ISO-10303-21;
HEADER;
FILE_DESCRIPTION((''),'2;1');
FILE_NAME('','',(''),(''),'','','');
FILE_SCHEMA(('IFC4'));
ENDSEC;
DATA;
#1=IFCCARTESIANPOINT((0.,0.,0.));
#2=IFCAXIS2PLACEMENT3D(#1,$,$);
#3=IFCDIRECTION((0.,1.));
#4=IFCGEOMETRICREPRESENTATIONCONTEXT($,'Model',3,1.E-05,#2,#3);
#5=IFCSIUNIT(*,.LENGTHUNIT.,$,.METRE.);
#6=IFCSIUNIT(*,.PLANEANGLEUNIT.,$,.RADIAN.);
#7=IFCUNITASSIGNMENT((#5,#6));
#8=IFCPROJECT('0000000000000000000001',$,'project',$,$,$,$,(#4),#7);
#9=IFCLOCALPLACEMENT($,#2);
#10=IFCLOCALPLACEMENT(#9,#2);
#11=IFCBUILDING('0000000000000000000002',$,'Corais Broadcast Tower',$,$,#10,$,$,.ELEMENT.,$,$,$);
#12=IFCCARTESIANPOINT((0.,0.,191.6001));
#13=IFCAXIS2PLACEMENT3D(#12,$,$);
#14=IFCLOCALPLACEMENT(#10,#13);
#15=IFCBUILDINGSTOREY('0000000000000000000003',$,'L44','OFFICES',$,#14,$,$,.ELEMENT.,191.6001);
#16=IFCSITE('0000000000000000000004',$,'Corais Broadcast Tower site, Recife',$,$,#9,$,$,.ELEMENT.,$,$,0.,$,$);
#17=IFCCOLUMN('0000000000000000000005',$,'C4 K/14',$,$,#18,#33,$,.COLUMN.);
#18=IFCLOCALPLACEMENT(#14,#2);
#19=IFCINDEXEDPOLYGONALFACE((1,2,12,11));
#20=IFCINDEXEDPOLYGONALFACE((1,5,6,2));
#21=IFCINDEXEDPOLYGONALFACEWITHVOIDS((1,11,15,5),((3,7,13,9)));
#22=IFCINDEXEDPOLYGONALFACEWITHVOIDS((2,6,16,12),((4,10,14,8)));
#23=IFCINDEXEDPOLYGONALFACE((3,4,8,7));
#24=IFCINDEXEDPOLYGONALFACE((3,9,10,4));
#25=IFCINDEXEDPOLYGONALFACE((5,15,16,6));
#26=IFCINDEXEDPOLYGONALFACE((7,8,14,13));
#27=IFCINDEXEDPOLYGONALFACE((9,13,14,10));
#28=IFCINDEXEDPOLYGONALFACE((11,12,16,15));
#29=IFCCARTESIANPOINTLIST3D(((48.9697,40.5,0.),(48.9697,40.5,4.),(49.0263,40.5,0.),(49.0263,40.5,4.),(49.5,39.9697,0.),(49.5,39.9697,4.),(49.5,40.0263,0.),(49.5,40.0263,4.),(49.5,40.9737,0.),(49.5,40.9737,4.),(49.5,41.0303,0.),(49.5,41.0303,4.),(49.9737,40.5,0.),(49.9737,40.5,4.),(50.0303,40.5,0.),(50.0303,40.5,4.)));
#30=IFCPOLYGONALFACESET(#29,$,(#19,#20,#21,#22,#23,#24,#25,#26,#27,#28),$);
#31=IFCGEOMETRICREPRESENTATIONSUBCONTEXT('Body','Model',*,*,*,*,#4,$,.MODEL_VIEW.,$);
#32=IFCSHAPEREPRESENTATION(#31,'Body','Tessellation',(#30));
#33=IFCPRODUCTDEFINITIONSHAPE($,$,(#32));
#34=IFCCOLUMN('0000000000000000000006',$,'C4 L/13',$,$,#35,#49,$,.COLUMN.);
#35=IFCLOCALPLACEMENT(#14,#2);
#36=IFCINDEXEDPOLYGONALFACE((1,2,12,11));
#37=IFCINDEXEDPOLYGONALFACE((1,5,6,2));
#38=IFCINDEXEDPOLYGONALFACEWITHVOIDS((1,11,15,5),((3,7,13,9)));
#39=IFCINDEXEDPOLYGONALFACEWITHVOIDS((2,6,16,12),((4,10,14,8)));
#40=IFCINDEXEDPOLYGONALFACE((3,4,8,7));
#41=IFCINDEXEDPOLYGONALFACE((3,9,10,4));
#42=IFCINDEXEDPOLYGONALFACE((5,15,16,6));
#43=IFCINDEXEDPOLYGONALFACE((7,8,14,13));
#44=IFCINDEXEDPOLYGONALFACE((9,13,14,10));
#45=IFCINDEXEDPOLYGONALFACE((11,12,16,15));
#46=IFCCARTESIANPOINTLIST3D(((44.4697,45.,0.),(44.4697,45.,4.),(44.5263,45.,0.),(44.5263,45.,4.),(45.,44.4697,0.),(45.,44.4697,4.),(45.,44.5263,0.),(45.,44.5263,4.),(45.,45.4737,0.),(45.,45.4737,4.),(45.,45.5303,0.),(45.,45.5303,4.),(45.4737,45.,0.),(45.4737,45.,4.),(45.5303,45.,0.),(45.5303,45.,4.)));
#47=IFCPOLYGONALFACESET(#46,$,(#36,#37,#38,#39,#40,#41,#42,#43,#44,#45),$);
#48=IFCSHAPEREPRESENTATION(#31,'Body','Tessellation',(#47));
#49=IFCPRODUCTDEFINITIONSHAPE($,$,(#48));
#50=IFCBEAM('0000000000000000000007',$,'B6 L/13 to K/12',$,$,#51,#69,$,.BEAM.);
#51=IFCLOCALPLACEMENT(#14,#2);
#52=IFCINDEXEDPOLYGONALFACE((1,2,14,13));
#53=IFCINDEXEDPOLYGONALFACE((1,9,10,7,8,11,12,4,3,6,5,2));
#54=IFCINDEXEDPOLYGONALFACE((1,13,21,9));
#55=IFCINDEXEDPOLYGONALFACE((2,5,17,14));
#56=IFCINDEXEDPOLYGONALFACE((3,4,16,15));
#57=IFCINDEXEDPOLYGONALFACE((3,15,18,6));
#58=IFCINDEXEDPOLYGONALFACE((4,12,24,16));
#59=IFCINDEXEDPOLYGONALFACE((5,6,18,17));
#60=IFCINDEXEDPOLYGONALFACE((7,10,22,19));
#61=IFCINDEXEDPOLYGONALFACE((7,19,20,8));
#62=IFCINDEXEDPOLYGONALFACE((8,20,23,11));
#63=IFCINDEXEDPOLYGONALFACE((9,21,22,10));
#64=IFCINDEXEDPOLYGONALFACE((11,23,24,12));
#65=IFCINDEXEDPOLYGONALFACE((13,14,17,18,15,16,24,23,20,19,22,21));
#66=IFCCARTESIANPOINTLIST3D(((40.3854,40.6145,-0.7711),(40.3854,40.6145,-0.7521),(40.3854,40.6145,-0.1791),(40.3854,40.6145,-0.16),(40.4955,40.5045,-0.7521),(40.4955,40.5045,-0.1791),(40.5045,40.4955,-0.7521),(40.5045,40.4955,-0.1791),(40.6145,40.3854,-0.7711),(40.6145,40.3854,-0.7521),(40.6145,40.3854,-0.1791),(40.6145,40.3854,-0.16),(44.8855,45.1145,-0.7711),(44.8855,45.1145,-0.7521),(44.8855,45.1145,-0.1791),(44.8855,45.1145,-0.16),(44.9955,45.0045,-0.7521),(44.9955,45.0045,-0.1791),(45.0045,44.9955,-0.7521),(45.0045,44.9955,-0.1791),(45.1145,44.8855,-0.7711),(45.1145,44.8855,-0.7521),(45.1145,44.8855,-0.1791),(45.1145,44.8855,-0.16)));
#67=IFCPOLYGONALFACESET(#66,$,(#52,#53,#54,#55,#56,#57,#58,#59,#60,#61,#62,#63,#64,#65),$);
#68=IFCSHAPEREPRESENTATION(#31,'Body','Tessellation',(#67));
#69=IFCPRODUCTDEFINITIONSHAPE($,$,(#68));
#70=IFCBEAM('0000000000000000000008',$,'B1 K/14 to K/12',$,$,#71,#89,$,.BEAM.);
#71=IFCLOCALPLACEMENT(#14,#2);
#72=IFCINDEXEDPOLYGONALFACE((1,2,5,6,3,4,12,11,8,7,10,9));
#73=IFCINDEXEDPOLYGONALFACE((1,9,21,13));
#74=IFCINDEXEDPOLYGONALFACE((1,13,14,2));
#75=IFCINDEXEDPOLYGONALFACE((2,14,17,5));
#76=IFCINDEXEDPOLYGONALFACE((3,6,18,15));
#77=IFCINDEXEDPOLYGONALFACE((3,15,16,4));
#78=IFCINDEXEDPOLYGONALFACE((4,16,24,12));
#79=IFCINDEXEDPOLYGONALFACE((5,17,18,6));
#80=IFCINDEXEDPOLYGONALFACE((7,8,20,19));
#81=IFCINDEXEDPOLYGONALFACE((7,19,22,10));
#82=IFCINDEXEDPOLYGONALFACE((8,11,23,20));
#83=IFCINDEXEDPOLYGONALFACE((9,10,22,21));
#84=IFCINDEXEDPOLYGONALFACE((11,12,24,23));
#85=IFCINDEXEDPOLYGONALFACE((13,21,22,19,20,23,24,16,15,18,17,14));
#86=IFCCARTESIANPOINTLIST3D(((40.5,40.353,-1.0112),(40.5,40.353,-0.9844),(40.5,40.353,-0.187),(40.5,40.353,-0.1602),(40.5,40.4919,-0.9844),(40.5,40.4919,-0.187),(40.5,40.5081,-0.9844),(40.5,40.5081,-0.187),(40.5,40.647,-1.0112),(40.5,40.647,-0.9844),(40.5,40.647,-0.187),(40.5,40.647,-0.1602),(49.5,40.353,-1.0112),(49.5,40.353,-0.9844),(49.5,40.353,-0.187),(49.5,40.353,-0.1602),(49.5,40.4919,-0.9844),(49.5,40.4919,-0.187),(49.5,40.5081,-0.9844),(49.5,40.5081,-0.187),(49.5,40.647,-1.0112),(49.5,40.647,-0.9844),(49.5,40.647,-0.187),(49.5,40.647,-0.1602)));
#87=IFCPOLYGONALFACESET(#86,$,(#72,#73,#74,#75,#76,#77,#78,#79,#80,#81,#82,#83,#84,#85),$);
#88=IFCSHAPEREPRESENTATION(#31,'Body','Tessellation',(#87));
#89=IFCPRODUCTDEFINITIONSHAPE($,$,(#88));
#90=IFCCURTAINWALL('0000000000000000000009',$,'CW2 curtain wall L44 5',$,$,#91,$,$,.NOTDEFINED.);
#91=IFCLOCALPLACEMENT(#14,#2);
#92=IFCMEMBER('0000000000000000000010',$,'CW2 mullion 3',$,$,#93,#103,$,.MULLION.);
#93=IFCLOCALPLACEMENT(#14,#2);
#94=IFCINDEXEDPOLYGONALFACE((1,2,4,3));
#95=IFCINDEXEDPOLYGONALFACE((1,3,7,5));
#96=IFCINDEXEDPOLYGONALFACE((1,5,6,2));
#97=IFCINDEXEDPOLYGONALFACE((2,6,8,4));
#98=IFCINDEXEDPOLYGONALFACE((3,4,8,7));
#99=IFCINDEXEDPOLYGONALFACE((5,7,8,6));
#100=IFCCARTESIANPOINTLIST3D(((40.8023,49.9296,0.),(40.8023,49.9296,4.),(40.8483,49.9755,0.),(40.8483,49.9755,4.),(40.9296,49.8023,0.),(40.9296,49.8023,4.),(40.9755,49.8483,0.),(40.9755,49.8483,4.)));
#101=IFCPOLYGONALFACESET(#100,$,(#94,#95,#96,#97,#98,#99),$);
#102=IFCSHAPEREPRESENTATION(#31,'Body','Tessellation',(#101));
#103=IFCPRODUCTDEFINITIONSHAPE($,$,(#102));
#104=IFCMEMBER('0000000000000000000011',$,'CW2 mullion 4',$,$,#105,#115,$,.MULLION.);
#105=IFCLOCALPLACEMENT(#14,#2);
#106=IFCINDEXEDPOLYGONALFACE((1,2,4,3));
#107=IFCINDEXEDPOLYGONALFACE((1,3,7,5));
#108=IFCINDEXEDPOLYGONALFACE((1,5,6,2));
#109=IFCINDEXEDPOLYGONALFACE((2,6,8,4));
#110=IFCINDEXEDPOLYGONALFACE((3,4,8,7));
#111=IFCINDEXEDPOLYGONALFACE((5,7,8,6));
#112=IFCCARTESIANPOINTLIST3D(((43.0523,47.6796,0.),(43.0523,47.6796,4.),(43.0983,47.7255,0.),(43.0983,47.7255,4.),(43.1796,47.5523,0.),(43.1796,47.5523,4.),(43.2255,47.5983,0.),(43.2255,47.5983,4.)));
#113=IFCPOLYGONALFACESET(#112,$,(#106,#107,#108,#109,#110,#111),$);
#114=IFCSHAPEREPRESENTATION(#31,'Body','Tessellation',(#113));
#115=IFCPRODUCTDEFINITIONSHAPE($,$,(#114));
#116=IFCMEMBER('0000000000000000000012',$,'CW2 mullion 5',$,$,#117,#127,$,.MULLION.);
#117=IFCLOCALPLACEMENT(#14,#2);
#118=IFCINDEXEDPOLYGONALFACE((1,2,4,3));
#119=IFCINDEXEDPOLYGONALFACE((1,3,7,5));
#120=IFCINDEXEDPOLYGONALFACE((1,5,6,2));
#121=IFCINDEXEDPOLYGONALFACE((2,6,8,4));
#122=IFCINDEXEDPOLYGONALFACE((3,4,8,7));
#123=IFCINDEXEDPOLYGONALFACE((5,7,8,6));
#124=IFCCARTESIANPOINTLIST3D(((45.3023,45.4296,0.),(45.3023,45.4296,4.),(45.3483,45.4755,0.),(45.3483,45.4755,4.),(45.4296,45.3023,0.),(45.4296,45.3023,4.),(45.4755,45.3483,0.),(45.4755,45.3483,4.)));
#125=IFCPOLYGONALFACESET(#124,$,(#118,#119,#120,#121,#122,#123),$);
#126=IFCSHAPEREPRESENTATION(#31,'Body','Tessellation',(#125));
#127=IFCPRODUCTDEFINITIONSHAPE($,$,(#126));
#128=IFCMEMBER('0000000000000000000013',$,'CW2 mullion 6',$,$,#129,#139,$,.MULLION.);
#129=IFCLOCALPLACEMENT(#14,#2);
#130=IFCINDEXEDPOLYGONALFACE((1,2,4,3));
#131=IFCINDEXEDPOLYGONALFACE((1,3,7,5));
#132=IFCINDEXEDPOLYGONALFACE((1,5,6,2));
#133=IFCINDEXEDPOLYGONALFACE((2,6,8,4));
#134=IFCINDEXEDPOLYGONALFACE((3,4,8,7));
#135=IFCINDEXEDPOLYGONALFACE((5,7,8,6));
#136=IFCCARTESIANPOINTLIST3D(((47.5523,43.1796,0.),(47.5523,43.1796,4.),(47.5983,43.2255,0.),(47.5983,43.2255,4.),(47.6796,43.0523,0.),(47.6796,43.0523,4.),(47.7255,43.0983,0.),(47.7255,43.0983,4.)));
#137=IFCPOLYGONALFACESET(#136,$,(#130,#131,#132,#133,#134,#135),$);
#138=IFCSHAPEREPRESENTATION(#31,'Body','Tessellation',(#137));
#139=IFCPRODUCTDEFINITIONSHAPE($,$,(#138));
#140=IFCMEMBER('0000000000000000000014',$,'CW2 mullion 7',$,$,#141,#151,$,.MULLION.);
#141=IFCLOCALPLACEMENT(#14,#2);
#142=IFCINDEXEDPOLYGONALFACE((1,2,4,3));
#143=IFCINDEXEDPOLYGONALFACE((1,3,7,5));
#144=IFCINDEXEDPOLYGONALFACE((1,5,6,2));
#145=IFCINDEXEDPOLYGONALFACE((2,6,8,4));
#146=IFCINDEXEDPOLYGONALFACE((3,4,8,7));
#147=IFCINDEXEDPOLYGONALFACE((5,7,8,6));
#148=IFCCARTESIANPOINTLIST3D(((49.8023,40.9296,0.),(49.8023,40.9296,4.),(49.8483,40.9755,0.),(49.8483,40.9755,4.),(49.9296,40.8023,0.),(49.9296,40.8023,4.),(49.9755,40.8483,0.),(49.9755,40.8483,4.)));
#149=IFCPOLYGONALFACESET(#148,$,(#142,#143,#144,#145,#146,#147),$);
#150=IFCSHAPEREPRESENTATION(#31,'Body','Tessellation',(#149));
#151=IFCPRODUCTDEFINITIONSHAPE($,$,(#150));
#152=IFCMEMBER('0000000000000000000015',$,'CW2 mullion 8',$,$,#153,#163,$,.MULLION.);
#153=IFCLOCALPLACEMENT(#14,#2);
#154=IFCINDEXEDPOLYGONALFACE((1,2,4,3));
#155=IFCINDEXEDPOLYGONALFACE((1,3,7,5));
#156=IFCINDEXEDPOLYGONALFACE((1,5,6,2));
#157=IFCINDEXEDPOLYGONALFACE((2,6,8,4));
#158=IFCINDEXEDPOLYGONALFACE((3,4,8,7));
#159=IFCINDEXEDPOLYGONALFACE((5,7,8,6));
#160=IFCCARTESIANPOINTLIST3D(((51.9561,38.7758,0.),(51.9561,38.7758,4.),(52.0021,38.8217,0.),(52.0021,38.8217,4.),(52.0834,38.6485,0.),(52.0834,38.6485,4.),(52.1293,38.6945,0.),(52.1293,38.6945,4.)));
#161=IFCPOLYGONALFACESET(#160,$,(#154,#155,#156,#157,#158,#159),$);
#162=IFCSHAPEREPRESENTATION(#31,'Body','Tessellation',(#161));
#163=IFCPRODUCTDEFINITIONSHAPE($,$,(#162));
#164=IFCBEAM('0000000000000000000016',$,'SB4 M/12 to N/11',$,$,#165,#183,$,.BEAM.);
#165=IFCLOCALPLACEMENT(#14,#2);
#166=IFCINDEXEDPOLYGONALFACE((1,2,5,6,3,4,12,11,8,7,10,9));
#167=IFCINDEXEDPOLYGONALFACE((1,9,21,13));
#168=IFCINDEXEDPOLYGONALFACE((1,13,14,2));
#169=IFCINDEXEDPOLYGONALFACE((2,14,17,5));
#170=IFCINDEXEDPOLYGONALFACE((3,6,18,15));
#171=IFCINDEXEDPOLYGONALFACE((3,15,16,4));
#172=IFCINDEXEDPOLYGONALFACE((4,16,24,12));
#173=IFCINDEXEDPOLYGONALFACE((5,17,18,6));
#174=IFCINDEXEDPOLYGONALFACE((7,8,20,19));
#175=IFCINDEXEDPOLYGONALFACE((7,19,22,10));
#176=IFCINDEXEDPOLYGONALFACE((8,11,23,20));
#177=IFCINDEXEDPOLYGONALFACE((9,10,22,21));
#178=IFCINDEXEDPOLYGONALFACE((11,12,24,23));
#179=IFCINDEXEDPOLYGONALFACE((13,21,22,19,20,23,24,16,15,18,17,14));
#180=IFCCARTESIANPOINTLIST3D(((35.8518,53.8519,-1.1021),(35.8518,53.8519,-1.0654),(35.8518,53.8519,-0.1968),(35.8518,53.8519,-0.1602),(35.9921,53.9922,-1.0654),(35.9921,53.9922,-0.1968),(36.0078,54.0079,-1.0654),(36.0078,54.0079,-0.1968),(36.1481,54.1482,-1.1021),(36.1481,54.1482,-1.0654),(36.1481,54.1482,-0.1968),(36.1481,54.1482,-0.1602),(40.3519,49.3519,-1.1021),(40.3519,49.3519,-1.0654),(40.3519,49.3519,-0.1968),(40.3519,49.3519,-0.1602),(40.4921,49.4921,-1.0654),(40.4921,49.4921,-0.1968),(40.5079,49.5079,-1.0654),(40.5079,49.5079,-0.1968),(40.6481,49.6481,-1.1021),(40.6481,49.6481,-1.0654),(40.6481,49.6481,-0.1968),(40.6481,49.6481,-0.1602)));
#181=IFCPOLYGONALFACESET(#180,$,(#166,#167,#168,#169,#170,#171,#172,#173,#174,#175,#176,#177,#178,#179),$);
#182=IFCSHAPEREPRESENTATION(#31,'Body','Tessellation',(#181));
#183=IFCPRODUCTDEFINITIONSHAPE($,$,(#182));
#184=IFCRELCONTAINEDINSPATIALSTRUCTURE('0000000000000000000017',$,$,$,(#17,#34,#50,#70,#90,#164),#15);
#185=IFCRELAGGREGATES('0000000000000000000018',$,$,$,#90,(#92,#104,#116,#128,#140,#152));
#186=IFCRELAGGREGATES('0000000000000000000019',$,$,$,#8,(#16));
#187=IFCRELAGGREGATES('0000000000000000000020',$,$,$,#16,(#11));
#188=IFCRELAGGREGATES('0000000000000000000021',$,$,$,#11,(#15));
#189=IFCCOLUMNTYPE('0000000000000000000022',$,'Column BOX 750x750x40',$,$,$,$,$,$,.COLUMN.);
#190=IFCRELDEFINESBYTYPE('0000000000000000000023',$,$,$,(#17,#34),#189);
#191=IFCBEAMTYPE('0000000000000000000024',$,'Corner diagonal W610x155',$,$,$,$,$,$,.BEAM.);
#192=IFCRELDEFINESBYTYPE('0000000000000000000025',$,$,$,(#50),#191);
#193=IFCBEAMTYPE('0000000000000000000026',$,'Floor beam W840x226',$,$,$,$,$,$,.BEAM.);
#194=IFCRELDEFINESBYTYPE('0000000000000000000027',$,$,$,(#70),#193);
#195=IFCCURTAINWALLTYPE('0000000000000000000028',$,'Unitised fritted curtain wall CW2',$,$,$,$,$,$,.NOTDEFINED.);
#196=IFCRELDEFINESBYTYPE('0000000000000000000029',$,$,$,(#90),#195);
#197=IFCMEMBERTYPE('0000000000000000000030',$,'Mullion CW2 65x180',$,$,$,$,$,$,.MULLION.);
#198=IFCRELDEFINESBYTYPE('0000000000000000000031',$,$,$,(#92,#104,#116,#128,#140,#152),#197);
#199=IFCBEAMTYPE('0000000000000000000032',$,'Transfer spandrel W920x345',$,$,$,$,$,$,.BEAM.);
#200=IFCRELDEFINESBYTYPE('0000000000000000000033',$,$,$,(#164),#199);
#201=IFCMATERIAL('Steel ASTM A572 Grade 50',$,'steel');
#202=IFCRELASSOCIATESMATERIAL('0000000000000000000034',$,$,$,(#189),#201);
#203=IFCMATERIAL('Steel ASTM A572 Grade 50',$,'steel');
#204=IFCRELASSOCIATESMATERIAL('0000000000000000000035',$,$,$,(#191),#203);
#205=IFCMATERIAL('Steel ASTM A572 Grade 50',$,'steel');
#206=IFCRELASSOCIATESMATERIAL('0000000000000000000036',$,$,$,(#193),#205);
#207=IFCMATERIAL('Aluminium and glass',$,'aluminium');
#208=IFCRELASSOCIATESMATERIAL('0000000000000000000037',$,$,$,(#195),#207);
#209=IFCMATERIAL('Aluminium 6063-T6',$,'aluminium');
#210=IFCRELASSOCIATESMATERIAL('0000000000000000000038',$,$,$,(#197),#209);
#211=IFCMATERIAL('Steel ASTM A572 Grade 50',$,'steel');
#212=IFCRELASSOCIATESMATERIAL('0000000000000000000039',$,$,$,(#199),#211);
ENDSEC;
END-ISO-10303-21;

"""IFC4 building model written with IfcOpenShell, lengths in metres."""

from ifc_helpers import new_model, si_unit, direction, frame, origin, origin_2d, place, context, subcontext, project, spatial, rectangle, hollow_rectangle, i_section, extrude, material, material_profile, profile_set, type_object, element, aggregate, save


model = new_model("IFC4")

# Units and contexts
model_context = context("Model", 3, precision=1e-05, world=origin(), true_north=direction((0.0, 1.0)))
body_context = subcontext(model_context, "Body", "Model", "MODEL_VIEW")
ifc_project = project(units=[si_unit("LENGTHUNIT", "METRE"), si_unit("PLANEANGLEUNIT", "RADIAN")], contexts=[model_context])

# Site, building, storey
site_placement = place(None, origin())
site = spatial("IfcSite", under=ifc_project, at=site_placement, Name="Corais Broadcast Tower site, Recife", CompositionType="ELEMENT", RefElevation=0.0)
building_placement = place(site_placement, origin())
building = spatial("IfcBuilding", under=site, at=building_placement, Name="Corais Broadcast Tower", CompositionType="ELEMENT")
storey_placement = place(building_placement, frame((0.0, 0.0, 191.6001)))
storey = spatial("IfcBuildingStorey", under=building, at=storey_placement, Name="L44", Description="OFFICES", CompositionType="ELEMENT", Elevation=191.6001)

# Columns
ifc_material_1 = material(Name="Steel ASTM A572 Grade 50", Category="steel")
ifc_material_profile_1 = material_profile(ifc_material_1, hollow_rectangle(XDim=0.75, YDim=0.75, WallThickness=0.04, at=origin_2d()), Name="BOX 750x750x40")
ifc_profile_set_1 = profile_set([ifc_material_profile_1], Name="Steel ASTM A572 Grade 50")
column_type = type_object("IfcColumnType", Name="Column BOX 750x750x40", PredefinedType="COLUMN", material=ifc_profile_set_1)
for number, where, z_axis, x_axis, name in (
    (1, (49.5, 40.5, 0.0), (0.0, 0.0, 1.0), (0.707107, 0.707107, 0.0), "C4 K/14"),
    (2, (45.0, 45.0, 0.0), (0.0, 0.0, 1.0), (0.707107, 0.707107, 0.0), "C4 L/13"),
):
    element("IfcColumn", number, at=place(storey_placement, frame(where, z_axis=z_axis, x_axis=x_axis)), inside=storey, type_object=column_type, Name=name, PredefinedType="COLUMN", context=body_context, shape_type="SweptSolid", body=[
        extrude(hollow_rectangle(XDim=0.75, YDim=0.75, WallThickness=0.04, at=origin_2d()), origin(), (0.0, 0.0, 1.0), 4.0),
    ])

# Beams
ifc_material_2 = material(Name="Steel ASTM A572 Grade 50", Category="steel")
ifc_material_profile_2 = material_profile(ifc_material_2, i_section(OverallWidth=0.324, OverallDepth=0.6111, WebThickness=0.0127, FlangeThickness=0.019, at=origin_2d()), Name="W610x155")
ifc_profile_set_2 = profile_set([ifc_material_profile_2], Name="Steel ASTM A572 Grade 50")
beam_type_1 = type_object("IfcBeamType", Name="Corner diagonal W610x155", PredefinedType="BEAM", material=ifc_profile_set_2)
beam_1_placement = place(storey_placement, frame((45.0, 45.0, -0.4656), z_axis=(-0.707107, -0.707107, 0.0), x_axis=(0.707107, -0.707107, 0.0)))
element("IfcBeam", 3, at=beam_1_placement, inside=storey, type_object=beam_type_1, Name="B6 L/13 to K/12", PredefinedType="BEAM", context=body_context, shape_type="SweptSolid", body=[
    extrude(i_section(OverallWidth=0.324, OverallDepth=0.6111, WebThickness=0.0127, FlangeThickness=0.019, at=origin_2d()), origin(), (0.0, 0.0, 1.0), 6.364),
])
ifc_material_3 = material(Name="Steel ASTM A572 Grade 50", Category="steel")
ifc_material_profile_3 = material_profile(ifc_material_3, i_section(OverallWidth=0.2939, OverallDepth=0.8511, WebThickness=0.0161, FlangeThickness=0.0269, at=origin_2d()), Name="W840x226")
ifc_profile_set_3 = profile_set([ifc_material_profile_3], Name="Steel ASTM A572 Grade 50")
beam_type_2 = type_object("IfcBeamType", Name="Floor beam W840x226", PredefinedType="BEAM", material=ifc_profile_set_3)
beam_2_placement = place(storey_placement, frame((49.5, 40.5, -0.5857), z_axis=(-1.0, 0.0, 0.0), x_axis=(0.0, -1.0, 0.0)))
element("IfcBeam", 4, at=beam_2_placement, inside=storey, type_object=beam_type_2, Name="B1 K/14 to K/12", PredefinedType="BEAM", context=body_context, shape_type="SweptSolid", body=[
    extrude(i_section(OverallWidth=0.2939, OverallDepth=0.8511, WebThickness=0.0161, FlangeThickness=0.0269, at=origin_2d()), origin(), (0.0, 0.0, 1.0), 9.0),
])

# Curtain wall, members
ifc_material_4 = material(Name="Aluminium and glass", Category="aluminium")
curtain_wall_type = type_object("IfcCurtainWallType", Name="Unitised fritted curtain wall CW2", PredefinedType="NOTDEFINED", material=ifc_material_4)
curtain_wall_placement = place(storey_placement, origin())
curtain_wall = element("IfcCurtainWall", 5, at=curtain_wall_placement, inside=storey, type_object=curtain_wall_type, Name="CW2 curtain wall L44 5", PredefinedType="NOTDEFINED")
ifc_material_5 = material(Name="Aluminium 6063-T6", Category="aluminium")
ifc_material_profile_4 = material_profile(ifc_material_5, rectangle(XDim=0.0649, YDim=0.1799, at=origin_2d()), Name="Mullion CW2 65x180")
ifc_profile_set_4 = profile_set([ifc_material_profile_4], Name="Aluminium 6063-T6")
member_type_1 = type_object("IfcMemberType", Name="Mullion CW2 65x180", PredefinedType="MULLION", material=ifc_profile_set_4)
member_1_placement = place(storey_placement, frame((40.8889, 49.8889, 0.0), z_axis=(0.0, 0.0, 1.0), x_axis=(0.707107, 0.707107, 0.0)))
member_1 = element("IfcMember", 6, at=member_1_placement, type_object=member_type_1, Name="CW2 mullion 3", PredefinedType="MULLION", context=body_context, shape_type="SweptSolid", body=[
    extrude(rectangle(XDim=0.0649, YDim=0.1799, at=origin_2d()), origin(), (0.0, 0.0, 1.0), 4.0),
])
member_2_placement = place(storey_placement, frame((43.1389, 47.6389, 0.0), z_axis=(0.0, 0.0, 1.0), x_axis=(0.707107, 0.707107, 0.0)))
member_2 = element("IfcMember", 7, at=member_2_placement, type_object=member_type_1, Name="CW2 mullion 4", PredefinedType="MULLION", context=body_context, shape_type="SweptSolid", body=[
    extrude(rectangle(XDim=0.0649, YDim=0.1799, at=origin_2d()), origin(), (0.0, 0.0, 1.0), 4.0),
])
member_3_placement = place(storey_placement, frame((45.3889, 45.3889, 0.0), z_axis=(0.0, 0.0, 1.0), x_axis=(0.707107, 0.707107, 0.0)))
member_3 = element("IfcMember", 8, at=member_3_placement, type_object=member_type_1, Name="CW2 mullion 5", PredefinedType="MULLION", context=body_context, shape_type="SweptSolid", body=[
    extrude(rectangle(XDim=0.0649, YDim=0.1799, at=origin_2d()), origin(), (0.0, 0.0, 1.0), 4.0),
])
member_4_placement = place(storey_placement, frame((47.6389, 43.1389, 0.0), z_axis=(0.0, 0.0, 1.0), x_axis=(0.707107, 0.707107, 0.0)))
member_4 = element("IfcMember", 9, at=member_4_placement, type_object=member_type_1, Name="CW2 mullion 6", PredefinedType="MULLION", context=body_context, shape_type="SweptSolid", body=[
    extrude(rectangle(XDim=0.0649, YDim=0.1799, at=origin_2d()), origin(), (0.0, 0.0, 1.0), 4.0),
])
member_5_placement = place(storey_placement, frame((49.8889, 40.8889, 0.0), z_axis=(0.0, 0.0, 1.0), x_axis=(0.707107, 0.707107, 0.0)))
member_5 = element("IfcMember", 10, at=member_5_placement, type_object=member_type_1, Name="CW2 mullion 7", PredefinedType="MULLION", context=body_context, shape_type="SweptSolid", body=[
    extrude(rectangle(XDim=0.0649, YDim=0.1799, at=origin_2d()), origin(), (0.0, 0.0, 1.0), 4.0),
])
member_6_placement = place(storey_placement, frame((52.0427, 38.7351, 0.0), z_axis=(0.0, 0.0, 1.0), x_axis=(0.707107, 0.707107, 0.0)))
member_6 = element("IfcMember", 11, at=member_6_placement, type_object=member_type_1, Name="CW2 mullion 8", PredefinedType="MULLION", context=body_context, shape_type="SweptSolid", body=[
    extrude(rectangle(XDim=0.0649, YDim=0.1799, at=origin_2d()), origin(), (0.0, 0.0, 1.0), 4.0),
])

# Beam
ifc_material_6 = material(Name="Steel ASTM A572 Grade 50", Category="steel")
ifc_material_profile_5 = material_profile(ifc_material_6, i_section(OverallWidth=0.4189, OverallDepth=0.9419, WebThickness=0.0222, FlangeThickness=0.0366, at=origin_2d()), Name="W920x345")
ifc_profile_set_5 = profile_set([ifc_material_profile_5], Name="Steel ASTM A572 Grade 50")
beam_type_3 = type_object("IfcBeamType", Name="Transfer spandrel W920x345", PredefinedType="BEAM", material=ifc_profile_set_5)
for number, where, z_axis, x_axis, name in (
    (12, (40.5, 49.5, -0.6311), (-0.707107, 0.707107, 0.0), (-0.707107, -0.707107, 0.0), "SB4 M/12 to N/11"),
):
    element("IfcBeam", number, at=place(storey_placement, frame(where, z_axis=z_axis, x_axis=x_axis)), inside=storey, type_object=beam_type_3, Name=name, PredefinedType="BEAM", context=body_context, shape_type="SweptSolid", body=[
        extrude(i_section(OverallWidth=0.4189, OverallDepth=0.9419, WebThickness=0.0222, FlangeThickness=0.0366, at=origin_2d()), origin(), (0.0, 0.0, 1.0), 6.364),
    ])

aggregate(curtain_wall, [member_1, member_2, member_3, member_4, member_5, member_6])

save(model, "model.ifc")
